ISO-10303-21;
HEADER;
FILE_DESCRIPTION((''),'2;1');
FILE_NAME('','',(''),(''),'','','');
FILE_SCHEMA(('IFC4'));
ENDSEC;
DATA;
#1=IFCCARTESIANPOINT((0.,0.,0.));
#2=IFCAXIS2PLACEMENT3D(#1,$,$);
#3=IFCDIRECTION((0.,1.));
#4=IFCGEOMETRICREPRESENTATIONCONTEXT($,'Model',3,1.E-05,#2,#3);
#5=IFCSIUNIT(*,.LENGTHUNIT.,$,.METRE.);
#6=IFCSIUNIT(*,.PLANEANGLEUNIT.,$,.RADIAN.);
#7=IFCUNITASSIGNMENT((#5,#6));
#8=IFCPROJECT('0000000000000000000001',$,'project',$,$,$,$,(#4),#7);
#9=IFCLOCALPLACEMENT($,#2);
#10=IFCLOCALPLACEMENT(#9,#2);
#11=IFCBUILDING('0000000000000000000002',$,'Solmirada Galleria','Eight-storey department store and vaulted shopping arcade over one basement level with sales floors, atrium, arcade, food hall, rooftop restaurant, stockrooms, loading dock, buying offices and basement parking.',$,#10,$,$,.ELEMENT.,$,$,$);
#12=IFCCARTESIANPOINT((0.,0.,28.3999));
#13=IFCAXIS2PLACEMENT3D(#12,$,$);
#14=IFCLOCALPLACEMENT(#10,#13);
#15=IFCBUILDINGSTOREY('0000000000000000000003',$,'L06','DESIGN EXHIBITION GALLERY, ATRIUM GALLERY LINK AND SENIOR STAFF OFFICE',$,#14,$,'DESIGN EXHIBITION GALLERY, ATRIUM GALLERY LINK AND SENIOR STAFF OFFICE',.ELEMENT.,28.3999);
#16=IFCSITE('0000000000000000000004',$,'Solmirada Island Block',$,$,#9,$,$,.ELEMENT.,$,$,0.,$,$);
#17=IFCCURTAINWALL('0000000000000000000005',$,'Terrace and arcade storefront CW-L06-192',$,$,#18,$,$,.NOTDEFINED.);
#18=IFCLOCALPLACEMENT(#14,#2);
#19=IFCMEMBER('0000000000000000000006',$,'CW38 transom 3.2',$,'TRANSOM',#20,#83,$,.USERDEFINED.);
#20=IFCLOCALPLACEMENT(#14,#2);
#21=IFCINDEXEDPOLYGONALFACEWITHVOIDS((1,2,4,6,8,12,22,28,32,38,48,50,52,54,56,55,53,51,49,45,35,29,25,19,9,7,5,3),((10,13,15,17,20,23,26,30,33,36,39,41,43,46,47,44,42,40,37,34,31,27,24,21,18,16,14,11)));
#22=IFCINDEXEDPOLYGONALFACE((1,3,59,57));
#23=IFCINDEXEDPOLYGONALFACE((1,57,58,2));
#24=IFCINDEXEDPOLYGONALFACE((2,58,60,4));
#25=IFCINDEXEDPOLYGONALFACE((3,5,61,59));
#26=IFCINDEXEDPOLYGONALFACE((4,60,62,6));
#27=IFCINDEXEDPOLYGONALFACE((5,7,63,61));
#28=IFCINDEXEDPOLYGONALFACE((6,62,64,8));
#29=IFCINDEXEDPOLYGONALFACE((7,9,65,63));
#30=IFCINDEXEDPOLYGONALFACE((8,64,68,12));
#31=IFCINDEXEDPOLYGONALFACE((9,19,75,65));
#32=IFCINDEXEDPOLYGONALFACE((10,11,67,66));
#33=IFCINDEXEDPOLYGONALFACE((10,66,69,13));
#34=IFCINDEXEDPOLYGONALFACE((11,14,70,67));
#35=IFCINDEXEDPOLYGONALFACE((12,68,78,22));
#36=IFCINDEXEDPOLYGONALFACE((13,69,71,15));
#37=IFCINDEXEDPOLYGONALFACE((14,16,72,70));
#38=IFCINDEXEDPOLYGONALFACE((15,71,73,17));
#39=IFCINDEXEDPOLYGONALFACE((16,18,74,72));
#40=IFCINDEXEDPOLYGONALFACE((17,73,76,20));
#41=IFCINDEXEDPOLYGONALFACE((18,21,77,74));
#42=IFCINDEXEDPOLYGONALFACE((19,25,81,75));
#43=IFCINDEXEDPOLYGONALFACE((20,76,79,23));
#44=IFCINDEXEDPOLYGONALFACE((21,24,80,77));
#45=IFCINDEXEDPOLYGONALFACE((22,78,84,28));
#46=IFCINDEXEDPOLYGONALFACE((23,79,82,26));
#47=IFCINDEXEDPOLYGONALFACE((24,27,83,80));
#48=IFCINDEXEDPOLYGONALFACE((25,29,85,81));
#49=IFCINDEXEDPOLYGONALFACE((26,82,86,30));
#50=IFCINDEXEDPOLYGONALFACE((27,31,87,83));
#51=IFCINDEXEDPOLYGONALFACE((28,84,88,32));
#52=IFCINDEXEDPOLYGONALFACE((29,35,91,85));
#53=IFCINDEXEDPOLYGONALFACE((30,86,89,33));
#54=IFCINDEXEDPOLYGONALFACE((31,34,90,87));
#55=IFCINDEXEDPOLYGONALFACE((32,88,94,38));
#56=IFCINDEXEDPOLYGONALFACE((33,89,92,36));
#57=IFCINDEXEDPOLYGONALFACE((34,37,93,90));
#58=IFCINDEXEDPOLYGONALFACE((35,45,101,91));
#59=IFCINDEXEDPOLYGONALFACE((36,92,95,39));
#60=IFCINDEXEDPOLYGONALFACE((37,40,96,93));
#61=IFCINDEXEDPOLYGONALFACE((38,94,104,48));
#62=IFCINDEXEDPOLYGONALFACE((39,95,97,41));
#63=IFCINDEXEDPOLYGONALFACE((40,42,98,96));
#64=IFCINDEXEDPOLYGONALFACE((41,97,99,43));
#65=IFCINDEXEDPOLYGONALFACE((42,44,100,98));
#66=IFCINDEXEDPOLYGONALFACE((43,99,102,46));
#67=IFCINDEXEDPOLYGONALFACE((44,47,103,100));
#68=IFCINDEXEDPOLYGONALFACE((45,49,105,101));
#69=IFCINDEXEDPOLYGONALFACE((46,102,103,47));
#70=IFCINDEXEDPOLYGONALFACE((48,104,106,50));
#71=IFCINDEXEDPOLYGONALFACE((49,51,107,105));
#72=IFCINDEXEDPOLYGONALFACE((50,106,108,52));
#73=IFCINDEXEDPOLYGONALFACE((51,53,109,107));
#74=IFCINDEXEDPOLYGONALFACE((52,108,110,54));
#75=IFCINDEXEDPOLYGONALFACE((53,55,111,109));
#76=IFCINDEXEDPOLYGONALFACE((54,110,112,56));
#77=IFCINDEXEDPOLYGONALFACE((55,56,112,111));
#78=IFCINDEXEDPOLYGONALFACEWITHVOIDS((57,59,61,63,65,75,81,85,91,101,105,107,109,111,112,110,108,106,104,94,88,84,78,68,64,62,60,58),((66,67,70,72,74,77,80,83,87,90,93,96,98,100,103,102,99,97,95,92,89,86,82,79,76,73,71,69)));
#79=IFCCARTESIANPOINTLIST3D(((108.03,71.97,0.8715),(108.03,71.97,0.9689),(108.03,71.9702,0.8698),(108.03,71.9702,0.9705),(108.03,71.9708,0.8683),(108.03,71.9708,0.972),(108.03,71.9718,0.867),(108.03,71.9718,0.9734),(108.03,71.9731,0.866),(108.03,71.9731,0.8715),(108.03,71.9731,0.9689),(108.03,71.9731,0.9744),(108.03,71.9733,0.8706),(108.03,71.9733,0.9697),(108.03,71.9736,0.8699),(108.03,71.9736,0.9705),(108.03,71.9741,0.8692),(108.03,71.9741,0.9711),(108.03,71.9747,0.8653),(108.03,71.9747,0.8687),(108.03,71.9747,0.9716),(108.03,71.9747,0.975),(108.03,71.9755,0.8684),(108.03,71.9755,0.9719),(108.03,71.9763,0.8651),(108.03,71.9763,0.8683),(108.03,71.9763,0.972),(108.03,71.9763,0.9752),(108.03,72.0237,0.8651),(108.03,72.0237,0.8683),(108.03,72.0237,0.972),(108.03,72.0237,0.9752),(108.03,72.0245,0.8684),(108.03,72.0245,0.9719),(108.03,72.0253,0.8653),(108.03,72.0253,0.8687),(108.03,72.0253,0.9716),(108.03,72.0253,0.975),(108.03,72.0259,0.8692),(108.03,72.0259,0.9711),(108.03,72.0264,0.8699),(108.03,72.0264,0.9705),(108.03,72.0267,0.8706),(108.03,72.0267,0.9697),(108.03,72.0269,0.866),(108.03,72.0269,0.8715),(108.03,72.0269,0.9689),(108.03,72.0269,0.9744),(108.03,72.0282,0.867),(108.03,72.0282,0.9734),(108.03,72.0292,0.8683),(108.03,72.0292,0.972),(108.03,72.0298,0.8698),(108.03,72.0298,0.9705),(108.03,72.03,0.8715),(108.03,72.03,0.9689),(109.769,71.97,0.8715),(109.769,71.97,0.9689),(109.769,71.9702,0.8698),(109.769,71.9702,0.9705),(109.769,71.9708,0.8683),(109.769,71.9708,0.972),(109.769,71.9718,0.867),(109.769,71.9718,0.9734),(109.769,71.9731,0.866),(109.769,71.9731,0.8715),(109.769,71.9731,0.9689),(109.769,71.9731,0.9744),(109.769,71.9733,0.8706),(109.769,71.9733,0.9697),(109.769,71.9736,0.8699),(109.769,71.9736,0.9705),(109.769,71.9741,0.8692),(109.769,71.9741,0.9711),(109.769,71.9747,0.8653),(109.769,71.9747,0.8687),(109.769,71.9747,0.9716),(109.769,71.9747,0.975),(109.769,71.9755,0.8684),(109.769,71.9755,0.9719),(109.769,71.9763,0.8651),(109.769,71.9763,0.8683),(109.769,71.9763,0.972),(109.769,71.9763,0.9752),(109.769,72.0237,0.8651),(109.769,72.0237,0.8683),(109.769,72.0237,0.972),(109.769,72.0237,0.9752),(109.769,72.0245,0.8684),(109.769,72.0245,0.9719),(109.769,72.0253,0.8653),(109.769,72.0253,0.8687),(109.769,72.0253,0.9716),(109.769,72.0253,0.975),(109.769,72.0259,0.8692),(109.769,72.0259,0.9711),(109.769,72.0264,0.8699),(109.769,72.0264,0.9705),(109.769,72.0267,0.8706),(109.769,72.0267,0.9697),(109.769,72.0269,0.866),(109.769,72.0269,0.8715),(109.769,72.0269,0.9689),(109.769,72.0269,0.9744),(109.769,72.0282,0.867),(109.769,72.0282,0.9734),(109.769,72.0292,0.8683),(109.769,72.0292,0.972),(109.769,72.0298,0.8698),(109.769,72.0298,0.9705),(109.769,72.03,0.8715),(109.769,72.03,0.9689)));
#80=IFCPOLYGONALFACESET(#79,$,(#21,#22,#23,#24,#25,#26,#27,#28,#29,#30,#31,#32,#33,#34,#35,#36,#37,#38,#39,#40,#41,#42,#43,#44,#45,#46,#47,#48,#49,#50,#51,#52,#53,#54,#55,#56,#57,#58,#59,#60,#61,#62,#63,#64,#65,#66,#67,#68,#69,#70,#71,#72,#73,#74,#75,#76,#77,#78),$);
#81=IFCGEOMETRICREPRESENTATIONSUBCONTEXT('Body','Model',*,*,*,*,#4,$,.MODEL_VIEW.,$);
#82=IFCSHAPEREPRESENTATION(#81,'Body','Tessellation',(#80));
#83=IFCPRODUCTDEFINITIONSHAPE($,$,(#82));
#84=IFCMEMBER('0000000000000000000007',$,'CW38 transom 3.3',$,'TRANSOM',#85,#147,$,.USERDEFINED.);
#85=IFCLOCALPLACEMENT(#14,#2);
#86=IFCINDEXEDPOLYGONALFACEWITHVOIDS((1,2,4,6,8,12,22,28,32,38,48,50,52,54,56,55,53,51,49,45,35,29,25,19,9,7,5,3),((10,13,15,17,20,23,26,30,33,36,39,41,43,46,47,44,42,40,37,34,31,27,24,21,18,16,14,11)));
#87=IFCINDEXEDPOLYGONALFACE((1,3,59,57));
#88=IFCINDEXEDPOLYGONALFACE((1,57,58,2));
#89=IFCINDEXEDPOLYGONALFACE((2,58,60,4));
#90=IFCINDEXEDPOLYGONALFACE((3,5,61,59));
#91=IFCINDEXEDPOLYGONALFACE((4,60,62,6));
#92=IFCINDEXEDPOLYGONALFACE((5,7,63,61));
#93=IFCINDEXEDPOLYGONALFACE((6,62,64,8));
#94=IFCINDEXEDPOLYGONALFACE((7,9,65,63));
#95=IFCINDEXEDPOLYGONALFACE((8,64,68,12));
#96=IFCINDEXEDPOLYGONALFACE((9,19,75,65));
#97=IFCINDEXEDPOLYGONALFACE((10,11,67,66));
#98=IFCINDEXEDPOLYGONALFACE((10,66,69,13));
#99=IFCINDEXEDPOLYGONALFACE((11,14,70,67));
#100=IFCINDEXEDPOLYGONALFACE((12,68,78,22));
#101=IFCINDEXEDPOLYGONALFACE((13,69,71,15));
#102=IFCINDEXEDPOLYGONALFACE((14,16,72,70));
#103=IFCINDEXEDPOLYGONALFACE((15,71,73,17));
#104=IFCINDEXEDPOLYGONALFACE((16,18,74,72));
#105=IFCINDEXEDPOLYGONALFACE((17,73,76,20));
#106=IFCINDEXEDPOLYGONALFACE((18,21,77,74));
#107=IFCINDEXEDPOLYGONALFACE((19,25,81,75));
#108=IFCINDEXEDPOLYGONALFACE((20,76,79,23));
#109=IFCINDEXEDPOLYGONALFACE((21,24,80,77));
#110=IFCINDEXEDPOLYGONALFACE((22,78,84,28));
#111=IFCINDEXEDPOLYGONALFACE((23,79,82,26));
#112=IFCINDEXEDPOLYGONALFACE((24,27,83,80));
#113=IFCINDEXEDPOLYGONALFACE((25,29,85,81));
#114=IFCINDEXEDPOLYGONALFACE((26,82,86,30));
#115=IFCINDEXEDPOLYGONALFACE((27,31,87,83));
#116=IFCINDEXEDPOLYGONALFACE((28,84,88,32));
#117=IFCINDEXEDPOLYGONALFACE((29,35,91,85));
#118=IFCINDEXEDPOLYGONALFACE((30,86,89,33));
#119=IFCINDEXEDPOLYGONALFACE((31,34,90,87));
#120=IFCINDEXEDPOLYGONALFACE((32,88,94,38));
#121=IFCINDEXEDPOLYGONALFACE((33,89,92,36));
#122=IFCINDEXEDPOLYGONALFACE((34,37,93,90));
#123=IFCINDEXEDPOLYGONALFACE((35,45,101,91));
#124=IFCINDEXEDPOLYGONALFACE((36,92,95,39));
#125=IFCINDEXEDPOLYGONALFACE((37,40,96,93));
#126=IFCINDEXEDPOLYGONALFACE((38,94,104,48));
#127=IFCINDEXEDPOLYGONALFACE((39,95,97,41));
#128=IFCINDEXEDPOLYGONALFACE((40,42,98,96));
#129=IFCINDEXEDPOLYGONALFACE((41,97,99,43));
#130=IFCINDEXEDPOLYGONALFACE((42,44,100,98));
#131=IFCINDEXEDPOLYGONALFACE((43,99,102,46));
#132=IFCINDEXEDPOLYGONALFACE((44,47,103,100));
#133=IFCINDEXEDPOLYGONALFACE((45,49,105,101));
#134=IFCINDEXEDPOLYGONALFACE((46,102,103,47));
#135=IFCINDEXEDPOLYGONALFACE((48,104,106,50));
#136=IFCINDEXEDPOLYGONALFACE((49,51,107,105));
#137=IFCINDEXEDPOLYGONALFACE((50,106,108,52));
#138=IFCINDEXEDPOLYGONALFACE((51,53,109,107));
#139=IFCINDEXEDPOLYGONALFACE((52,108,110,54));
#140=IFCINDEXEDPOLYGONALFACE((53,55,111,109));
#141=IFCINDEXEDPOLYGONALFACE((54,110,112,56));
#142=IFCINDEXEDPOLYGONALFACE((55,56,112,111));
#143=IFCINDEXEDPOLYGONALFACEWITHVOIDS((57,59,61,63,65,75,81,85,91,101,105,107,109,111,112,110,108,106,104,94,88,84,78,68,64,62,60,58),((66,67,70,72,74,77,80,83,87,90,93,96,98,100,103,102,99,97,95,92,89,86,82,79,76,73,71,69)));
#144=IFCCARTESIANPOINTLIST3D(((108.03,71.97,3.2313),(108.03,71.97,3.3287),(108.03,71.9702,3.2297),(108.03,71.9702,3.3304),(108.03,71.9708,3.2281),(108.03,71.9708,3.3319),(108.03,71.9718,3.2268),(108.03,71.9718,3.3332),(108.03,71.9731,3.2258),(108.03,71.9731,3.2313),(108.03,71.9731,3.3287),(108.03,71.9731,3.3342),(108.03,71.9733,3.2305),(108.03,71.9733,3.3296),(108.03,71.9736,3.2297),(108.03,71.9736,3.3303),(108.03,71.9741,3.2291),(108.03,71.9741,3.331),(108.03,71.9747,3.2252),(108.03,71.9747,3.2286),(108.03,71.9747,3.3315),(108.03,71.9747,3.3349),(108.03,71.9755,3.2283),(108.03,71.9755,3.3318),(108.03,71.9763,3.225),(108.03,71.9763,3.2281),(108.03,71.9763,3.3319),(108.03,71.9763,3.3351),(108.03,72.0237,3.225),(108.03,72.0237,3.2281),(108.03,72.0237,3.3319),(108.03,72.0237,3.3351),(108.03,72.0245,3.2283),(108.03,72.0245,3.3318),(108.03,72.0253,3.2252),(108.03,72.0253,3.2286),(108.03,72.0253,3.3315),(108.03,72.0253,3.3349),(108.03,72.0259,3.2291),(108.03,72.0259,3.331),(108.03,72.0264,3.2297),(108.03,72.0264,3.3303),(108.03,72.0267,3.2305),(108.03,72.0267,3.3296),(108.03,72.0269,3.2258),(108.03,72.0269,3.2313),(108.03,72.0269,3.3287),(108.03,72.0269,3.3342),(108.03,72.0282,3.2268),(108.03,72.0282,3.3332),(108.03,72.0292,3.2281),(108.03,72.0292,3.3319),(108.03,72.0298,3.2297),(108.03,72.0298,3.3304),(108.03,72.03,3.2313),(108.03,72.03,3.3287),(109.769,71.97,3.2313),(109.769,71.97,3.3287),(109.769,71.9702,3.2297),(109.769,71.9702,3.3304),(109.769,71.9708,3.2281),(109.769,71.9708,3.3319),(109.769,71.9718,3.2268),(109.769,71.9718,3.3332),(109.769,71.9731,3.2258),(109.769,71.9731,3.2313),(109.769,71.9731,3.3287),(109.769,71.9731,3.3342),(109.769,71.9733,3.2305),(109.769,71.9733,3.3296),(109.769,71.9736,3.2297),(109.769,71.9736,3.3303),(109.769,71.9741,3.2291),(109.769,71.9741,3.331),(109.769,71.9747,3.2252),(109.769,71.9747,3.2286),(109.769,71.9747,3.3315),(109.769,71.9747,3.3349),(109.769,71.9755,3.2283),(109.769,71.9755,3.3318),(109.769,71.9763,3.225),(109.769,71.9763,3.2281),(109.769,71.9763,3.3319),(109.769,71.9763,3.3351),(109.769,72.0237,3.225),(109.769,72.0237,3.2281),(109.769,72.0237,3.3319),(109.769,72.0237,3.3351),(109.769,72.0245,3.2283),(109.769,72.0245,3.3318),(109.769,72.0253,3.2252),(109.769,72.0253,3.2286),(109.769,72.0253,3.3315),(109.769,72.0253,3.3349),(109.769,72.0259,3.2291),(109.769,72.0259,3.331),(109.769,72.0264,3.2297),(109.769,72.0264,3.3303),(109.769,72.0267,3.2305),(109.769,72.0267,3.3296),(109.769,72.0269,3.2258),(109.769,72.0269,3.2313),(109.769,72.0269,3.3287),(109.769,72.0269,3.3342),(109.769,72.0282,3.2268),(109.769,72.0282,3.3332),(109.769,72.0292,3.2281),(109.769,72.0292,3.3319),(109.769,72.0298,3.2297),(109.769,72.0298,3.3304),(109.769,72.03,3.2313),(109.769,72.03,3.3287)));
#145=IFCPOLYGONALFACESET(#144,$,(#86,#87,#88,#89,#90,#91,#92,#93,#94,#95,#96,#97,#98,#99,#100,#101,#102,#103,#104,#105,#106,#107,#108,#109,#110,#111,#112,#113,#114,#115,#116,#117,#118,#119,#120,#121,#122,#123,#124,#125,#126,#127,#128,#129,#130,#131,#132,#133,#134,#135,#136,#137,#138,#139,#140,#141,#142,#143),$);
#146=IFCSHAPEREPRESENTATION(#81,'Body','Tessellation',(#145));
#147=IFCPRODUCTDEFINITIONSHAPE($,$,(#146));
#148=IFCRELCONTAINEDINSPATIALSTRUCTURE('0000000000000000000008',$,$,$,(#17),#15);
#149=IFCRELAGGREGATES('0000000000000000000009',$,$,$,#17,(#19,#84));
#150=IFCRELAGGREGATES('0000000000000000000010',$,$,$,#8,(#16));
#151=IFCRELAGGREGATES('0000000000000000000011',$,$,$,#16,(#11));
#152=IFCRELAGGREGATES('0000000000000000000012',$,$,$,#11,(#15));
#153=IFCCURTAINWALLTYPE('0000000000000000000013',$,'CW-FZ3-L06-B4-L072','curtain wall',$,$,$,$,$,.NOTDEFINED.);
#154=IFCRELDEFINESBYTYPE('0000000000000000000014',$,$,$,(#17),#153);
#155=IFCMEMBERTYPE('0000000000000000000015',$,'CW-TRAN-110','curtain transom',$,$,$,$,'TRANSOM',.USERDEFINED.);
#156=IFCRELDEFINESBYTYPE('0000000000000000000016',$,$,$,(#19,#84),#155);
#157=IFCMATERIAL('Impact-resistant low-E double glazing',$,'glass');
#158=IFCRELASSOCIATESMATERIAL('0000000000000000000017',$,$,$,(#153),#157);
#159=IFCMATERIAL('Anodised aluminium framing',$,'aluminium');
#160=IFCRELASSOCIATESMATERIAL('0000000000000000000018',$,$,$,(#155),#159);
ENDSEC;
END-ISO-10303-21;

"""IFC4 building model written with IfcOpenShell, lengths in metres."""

from ifc_helpers import new_model, si_unit, direction, frame, origin, origin_2d, place, context, subcontext, project, spatial, hollow_rectangle, extrude, material, material_profile, profile_set, type_object, element, aggregate, save


model = new_model("IFC4")

# Units and contexts
model_context = context("Model", 3, precision=1e-05, world=origin(), true_north=direction((0.0, 1.0)))
body_context = subcontext(model_context, "Body", "Model", "MODEL_VIEW")
ifc_project = project(units=[si_unit("LENGTHUNIT", "METRE"), si_unit("PLANEANGLEUNIT", "RADIAN")], contexts=[model_context])

# Site, building, storey
site_placement = place(None, origin())
site = spatial("IfcSite", under=ifc_project, at=site_placement, Name="Solmirada Island Block", CompositionType="ELEMENT", RefElevation=0.0)
building_placement = place(site_placement, origin())
building = spatial("IfcBuilding", under=site, at=building_placement, Name="Solmirada Galleria", Description="Eight-storey department store and vaulted shopping arcade over one basement level with sales floors, atrium, arcade, food hall, rooftop restaurant, stockrooms, loading dock, buying offices and basement parking.", CompositionType="ELEMENT")
storey_placement = place(building_placement, frame((0.0, 0.0, 28.3999)))
storey = spatial("IfcBuildingStorey", under=building, at=storey_placement, Name="L06", Description="DESIGN EXHIBITION GALLERY, ATRIUM GALLERY LINK AND SENIOR STAFF OFFICE", LongName="DESIGN EXHIBITION GALLERY, ATRIUM GALLERY LINK AND SENIOR STAFF OFFICE", CompositionType="ELEMENT", Elevation=28.3999)

# Curtain wall
ifc_material_1 = material(Name="Impact-resistant low-E double glazing", Category="glass")
curtain_wall_type = type_object("IfcCurtainWallType", Name="CW-FZ3-L06-B4-L072", Description="curtain wall", PredefinedType="NOTDEFINED", material=ifc_material_1)
ifc_material_2 = material(Name="Anodised aluminium framing", Category="aluminium")
curtain_wall_1_placement = place(storey_placement, origin())
curtain_wall_1 = element("IfcCurtainWall", 1, at=curtain_wall_1_placement, inside=storey, type_object=curtain_wall_type, Name="Terrace and arcade storefront CW-L06-192", PredefinedType="NOTDEFINED")

# Members
ifc_material_profile_1 = material_profile(ifc_material_2, hollow_rectangle(XDim=0.0601, YDim=0.1101, WallThickness=0.0032, InnerFilletRadius=0.0032, OuterFilletRadius=0.0063, at=origin_2d()), Name="ALU-TRAN-110X60")
ifc_profile_set_1 = profile_set([ifc_material_profile_1], Name="Anodised aluminium framing")
member_type_1 = type_object("IfcMemberType", Name="CW-TRAN-110", Description="curtain transom", ElementType="TRANSOM", PredefinedType="USERDEFINED", material=ifc_profile_set_1)
member_1_placement = place(storey_placement, frame((108.03, 72.0, 0.9202), z_axis=(1.0, 0.0, 0.0), x_axis=(0.0, 1.0, 0.0)))
member_1 = element("IfcMember", 2, at=member_1_placement, type_object=member_type_1, Name="CW38 transom 3.2", ObjectType="TRANSOM", PredefinedType="USERDEFINED", context=body_context, shape_type="SweptSolid", body=[
    extrude(hollow_rectangle(XDim=0.0601, YDim=0.1101, WallThickness=0.0032, InnerFilletRadius=0.0032, OuterFilletRadius=0.0063, at=origin_2d()), origin(), (0.0, 0.0, 1.0), 1.739),
])
member_2_placement = place(storey_placement, frame((108.03, 72.0, 3.28), z_axis=(1.0, 0.0, 0.0), x_axis=(0.0, 1.0, 0.0)))
member_2 = element("IfcMember", 3, at=member_2_placement, type_object=member_type_1, Name="CW38 transom 3.3", ObjectType="TRANSOM", PredefinedType="USERDEFINED", context=body_context, shape_type="SweptSolid", body=[
    extrude(hollow_rectangle(XDim=0.0601, YDim=0.1101, WallThickness=0.0032, InnerFilletRadius=0.0032, OuterFilletRadius=0.0063, at=origin_2d()), origin(), (0.0, 0.0, 1.0), 1.739),
])

aggregate(curtain_wall_1, [member_1, member_2])

save(model, "model.ifc")
